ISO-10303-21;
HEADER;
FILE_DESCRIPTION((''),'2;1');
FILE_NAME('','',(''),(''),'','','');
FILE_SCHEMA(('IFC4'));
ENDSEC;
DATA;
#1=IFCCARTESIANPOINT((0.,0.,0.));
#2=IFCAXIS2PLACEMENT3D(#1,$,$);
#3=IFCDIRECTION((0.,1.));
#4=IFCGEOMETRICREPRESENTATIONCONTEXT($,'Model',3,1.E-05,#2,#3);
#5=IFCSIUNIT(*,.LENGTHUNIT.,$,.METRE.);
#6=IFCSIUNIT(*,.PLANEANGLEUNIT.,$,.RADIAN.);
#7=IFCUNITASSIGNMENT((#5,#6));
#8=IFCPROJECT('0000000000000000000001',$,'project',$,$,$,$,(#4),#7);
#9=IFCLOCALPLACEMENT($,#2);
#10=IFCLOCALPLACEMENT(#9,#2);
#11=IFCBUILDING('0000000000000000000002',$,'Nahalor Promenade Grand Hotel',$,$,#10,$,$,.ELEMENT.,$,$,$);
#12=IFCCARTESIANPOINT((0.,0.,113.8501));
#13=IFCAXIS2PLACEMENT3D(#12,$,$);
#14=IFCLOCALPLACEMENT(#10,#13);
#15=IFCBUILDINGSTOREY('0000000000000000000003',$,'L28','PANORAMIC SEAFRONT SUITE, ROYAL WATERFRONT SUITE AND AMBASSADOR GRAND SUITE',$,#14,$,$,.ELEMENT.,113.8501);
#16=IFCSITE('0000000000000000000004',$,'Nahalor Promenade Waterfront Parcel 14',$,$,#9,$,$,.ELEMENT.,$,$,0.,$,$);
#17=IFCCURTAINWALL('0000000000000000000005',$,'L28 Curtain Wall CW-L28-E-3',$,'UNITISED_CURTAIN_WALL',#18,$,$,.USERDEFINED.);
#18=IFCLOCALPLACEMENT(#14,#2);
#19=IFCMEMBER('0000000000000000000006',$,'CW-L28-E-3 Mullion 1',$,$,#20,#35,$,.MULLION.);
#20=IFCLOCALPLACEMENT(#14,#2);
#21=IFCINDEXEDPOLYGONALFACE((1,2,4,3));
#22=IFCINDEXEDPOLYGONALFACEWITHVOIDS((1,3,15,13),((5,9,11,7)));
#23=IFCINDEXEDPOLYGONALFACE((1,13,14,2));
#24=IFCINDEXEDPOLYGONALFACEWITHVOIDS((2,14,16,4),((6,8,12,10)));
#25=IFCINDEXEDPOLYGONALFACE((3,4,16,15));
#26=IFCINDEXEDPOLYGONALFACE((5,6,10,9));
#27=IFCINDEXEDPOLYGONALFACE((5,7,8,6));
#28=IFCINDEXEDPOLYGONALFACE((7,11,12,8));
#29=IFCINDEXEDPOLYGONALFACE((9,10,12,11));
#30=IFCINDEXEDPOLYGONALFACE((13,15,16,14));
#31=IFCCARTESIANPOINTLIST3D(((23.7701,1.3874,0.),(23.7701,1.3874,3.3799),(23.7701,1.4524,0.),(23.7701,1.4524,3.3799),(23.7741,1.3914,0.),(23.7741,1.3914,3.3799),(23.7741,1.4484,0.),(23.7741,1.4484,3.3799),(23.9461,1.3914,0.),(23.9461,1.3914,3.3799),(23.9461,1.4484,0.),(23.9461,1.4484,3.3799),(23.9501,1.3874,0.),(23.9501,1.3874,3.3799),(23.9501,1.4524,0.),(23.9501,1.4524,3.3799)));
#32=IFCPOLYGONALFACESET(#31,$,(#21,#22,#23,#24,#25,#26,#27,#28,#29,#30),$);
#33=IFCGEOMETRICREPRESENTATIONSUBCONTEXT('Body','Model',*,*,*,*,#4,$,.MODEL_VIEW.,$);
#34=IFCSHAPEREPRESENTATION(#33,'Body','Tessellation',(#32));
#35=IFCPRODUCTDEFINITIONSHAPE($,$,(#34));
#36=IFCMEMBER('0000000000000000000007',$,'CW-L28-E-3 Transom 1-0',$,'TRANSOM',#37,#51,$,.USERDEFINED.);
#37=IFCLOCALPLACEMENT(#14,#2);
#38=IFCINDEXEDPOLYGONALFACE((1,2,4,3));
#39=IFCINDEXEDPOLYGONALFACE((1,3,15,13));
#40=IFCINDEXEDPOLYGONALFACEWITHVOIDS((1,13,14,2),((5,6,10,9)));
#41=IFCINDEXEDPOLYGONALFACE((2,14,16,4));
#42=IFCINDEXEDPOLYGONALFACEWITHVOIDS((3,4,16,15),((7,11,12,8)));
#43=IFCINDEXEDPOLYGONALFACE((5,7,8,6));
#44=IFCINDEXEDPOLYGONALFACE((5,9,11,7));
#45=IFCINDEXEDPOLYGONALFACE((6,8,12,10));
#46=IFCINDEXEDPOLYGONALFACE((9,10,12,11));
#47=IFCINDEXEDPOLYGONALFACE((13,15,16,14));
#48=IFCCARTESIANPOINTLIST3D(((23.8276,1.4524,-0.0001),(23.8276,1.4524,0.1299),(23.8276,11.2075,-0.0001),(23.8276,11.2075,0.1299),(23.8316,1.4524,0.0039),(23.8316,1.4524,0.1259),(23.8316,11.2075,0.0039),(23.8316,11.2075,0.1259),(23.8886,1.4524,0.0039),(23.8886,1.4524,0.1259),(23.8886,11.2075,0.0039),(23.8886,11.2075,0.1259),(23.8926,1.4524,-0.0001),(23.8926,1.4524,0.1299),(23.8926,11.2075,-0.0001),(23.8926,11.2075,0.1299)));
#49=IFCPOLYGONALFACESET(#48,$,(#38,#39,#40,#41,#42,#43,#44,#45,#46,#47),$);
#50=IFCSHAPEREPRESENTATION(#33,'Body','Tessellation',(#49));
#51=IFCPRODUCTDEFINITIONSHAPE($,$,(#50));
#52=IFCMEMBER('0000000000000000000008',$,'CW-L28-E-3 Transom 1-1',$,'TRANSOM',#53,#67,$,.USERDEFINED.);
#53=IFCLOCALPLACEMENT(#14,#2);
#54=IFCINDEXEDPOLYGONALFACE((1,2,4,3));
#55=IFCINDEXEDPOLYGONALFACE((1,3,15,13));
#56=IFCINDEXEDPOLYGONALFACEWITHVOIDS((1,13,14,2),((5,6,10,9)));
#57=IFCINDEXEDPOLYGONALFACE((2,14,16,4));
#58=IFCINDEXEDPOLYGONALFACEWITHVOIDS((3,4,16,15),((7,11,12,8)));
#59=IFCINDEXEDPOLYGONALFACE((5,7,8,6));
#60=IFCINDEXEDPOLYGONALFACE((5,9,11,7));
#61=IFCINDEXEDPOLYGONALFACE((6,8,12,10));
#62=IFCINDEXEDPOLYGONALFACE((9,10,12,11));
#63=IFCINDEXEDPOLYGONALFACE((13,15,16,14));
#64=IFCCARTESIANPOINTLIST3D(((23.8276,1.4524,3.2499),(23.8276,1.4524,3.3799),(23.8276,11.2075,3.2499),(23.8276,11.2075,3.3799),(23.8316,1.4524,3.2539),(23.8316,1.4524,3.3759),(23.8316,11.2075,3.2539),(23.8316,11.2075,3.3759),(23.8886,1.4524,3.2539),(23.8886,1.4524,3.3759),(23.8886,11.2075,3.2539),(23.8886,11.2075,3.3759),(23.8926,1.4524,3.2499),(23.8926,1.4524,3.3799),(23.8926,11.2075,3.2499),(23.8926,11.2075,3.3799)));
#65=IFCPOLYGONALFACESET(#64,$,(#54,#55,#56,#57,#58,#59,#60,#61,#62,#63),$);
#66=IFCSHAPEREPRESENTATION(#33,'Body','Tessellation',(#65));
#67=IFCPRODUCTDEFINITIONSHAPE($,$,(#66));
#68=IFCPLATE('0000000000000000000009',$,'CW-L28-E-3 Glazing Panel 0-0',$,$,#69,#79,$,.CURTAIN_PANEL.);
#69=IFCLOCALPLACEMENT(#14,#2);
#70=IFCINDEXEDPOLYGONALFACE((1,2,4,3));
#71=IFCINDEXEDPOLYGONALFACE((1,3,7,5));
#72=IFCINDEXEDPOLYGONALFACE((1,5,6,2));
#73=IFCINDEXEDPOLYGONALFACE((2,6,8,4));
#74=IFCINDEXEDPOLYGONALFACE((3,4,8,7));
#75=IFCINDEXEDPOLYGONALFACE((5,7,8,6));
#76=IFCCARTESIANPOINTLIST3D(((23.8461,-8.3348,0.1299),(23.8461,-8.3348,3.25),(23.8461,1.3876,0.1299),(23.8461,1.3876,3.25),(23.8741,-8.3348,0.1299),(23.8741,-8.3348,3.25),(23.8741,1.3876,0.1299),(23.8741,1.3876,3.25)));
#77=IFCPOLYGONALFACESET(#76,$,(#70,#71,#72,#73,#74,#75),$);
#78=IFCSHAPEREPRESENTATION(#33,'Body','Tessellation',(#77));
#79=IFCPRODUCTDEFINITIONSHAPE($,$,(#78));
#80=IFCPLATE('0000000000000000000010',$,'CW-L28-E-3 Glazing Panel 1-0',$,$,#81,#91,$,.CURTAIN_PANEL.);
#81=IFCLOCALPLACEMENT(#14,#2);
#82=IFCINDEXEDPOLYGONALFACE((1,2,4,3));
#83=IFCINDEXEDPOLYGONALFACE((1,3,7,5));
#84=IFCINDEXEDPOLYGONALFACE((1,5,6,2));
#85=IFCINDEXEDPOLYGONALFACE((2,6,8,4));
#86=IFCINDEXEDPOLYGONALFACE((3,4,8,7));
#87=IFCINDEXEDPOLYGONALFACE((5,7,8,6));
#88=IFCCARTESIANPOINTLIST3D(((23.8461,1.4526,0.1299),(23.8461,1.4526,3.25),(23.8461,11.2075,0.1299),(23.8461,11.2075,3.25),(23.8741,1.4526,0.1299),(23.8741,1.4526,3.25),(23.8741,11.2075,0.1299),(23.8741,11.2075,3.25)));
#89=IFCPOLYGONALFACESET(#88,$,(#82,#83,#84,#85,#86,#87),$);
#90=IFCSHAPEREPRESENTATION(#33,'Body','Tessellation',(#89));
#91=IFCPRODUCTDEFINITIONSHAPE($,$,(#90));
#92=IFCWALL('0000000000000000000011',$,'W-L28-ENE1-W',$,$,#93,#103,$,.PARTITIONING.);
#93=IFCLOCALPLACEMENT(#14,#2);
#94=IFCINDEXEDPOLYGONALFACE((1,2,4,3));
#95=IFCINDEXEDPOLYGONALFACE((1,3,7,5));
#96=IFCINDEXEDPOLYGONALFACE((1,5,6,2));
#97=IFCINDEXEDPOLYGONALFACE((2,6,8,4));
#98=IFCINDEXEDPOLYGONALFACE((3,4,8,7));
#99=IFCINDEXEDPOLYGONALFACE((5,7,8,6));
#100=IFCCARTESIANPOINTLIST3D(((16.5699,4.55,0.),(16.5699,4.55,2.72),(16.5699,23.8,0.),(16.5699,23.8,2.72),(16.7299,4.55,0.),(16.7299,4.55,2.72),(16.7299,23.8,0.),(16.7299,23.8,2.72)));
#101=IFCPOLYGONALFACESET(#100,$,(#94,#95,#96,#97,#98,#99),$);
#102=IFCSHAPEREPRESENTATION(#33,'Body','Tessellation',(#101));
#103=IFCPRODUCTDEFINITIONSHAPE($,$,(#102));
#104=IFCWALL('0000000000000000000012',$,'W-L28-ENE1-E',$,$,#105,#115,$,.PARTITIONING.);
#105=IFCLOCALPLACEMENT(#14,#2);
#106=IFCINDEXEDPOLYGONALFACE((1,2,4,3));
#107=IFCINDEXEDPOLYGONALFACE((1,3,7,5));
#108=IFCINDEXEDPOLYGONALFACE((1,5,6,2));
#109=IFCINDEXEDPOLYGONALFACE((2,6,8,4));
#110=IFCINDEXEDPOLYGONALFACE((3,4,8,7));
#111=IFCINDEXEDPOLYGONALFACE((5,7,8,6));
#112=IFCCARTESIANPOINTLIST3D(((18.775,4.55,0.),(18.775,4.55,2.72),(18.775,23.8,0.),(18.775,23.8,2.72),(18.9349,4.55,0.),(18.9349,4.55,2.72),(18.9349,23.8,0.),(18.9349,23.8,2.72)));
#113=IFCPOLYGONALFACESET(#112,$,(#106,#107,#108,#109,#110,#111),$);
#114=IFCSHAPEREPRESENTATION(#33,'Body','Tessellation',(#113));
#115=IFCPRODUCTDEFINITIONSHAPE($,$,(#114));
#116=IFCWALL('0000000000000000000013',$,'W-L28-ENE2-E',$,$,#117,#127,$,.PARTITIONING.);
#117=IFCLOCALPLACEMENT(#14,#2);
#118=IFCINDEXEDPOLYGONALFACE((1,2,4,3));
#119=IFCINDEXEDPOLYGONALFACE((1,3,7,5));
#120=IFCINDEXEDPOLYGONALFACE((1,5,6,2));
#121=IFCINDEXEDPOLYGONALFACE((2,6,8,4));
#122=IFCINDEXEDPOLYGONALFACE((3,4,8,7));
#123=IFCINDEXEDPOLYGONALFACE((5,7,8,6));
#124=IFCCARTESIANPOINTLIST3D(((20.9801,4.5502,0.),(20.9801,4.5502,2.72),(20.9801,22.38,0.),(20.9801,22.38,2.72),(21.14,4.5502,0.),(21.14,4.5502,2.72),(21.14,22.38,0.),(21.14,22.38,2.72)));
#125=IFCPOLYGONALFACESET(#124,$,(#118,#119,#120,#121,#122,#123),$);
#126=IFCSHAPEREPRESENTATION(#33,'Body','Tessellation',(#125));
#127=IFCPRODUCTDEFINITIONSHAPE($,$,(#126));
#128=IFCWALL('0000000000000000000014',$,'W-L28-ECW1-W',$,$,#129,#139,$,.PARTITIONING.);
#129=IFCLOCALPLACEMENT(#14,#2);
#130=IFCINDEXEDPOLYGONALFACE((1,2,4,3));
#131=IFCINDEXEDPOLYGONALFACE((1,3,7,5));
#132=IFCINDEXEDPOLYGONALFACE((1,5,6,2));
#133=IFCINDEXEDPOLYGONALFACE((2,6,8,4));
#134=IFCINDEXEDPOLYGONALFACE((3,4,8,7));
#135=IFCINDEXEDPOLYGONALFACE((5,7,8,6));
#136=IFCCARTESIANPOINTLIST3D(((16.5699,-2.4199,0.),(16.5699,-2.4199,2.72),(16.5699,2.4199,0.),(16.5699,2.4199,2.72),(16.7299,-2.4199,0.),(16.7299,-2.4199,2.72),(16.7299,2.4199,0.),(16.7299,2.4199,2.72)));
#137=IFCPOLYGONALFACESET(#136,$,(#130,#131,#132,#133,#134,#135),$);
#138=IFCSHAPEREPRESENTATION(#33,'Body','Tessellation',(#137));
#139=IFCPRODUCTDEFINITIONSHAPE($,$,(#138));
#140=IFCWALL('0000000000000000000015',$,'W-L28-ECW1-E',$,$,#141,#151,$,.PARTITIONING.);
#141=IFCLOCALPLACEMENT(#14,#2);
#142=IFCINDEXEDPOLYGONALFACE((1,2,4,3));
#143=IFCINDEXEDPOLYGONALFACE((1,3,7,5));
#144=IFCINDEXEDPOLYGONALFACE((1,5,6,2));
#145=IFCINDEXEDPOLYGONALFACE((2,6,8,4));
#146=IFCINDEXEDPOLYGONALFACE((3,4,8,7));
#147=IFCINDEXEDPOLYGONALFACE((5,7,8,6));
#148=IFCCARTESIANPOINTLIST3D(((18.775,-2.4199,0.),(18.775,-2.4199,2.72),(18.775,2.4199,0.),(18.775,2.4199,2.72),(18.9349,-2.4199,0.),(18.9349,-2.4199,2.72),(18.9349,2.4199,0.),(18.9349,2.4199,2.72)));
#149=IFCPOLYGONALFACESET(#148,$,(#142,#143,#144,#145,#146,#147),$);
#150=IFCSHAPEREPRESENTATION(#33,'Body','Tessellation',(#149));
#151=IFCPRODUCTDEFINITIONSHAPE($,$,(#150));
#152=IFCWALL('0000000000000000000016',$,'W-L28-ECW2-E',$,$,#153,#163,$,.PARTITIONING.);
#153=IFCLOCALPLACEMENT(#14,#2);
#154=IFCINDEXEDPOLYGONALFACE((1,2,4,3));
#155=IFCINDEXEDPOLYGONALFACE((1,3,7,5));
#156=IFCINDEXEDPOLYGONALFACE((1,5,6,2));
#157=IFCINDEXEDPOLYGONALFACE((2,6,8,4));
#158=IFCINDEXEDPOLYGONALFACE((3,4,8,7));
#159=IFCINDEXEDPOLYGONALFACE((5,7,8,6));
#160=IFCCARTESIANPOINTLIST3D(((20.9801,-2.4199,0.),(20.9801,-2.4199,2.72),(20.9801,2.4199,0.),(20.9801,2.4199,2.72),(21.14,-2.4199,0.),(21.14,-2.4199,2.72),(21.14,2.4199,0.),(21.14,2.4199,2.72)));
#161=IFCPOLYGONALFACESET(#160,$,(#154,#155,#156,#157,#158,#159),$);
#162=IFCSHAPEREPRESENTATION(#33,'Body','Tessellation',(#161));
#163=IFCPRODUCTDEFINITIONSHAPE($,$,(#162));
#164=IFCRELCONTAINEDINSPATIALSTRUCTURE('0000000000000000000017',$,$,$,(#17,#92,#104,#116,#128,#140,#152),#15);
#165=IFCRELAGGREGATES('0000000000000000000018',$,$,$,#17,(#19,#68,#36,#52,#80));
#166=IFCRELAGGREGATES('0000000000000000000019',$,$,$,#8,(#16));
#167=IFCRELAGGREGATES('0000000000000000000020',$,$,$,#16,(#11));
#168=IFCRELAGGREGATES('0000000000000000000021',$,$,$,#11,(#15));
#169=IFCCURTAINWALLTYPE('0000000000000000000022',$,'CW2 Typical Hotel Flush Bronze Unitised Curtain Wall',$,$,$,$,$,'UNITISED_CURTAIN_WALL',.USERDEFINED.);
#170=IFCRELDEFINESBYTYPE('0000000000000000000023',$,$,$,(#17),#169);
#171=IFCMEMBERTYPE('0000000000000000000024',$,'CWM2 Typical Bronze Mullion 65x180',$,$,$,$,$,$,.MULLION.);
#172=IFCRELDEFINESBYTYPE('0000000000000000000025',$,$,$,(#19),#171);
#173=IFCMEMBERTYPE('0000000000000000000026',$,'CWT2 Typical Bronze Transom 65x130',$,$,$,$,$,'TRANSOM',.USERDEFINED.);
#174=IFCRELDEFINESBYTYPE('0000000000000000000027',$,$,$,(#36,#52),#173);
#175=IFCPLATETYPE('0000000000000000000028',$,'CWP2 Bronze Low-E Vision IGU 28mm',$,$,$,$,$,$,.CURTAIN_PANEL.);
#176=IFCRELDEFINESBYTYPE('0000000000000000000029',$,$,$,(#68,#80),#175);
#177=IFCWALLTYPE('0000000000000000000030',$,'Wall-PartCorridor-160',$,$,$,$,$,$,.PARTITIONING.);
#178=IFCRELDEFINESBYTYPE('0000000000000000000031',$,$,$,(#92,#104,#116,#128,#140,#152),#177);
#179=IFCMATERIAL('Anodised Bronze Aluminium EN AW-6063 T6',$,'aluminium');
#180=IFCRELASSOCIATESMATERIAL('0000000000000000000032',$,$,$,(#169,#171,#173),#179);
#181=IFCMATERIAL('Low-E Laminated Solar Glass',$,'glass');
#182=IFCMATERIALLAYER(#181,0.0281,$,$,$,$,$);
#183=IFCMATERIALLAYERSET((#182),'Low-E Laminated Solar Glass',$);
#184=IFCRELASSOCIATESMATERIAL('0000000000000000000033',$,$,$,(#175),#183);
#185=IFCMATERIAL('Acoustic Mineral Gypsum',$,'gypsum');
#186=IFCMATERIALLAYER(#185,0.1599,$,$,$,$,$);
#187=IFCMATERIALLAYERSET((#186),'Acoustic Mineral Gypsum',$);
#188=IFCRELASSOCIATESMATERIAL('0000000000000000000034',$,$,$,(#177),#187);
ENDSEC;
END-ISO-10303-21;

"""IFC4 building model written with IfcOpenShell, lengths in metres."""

from ifc_helpers import new_model, si_unit, direction, frame, frame_2d, origin, origin_2d, place, context, subcontext, project, spatial, rectangle, hollow_rectangle, extrude, source, transform, mapped, material, layer, layer_set, material_profile, profile_set, type_object, element, aggregate, save


model = new_model("IFC4")

# Units and contexts
model_context = context("Model", 3, precision=1e-05, world=origin(), true_north=direction((0.0, 1.0)))
body_context = subcontext(model_context, "Body", "Model", "MODEL_VIEW")
ifc_project = project(units=[si_unit("LENGTHUNIT", "METRE"), si_unit("PLANEANGLEUNIT", "RADIAN")], contexts=[model_context])

# Site, building, storey
site_placement = place(None, origin())
site = spatial("IfcSite", under=ifc_project, at=site_placement, Name="Nahalor Promenade Waterfront Parcel 14", CompositionType="ELEMENT", RefElevation=0.0)
building_placement = place(site_placement, origin())
building = spatial("IfcBuilding", under=site, at=building_placement, Name="Nahalor Promenade Grand Hotel", CompositionType="ELEMENT")
storey_placement = place(building_placement, frame((0.0, 0.0, 113.8501)))
storey = spatial("IfcBuildingStorey", under=building, at=storey_placement, Name="L28", Description="PANORAMIC SEAFRONT SUITE, ROYAL WATERFRONT SUITE AND AMBASSADOR GRAND SUITE", CompositionType="ELEMENT", Elevation=113.8501)

# Curtain wall, members, plates
ifc_material_1 = material(Name="Anodised Bronze Aluminium EN AW-6063 T6", Category="aluminium")
curtain_wall_type = type_object("IfcCurtainWallType", Name="CW2 Typical Hotel Flush Bronze Unitised Curtain Wall", ElementType="UNITISED_CURTAIN_WALL", PredefinedType="USERDEFINED", material=ifc_material_1)
curtain_wall_placement = place(storey_placement, origin())
curtain_wall = element("IfcCurtainWall", 1, at=curtain_wall_placement, inside=storey, type_object=curtain_wall_type, Name="L28 Curtain Wall CW-L28-E-3", ObjectType="UNITISED_CURTAIN_WALL", PredefinedType="USERDEFINED")
ifc_material_profile_1 = material_profile(ifc_material_1, hollow_rectangle(XDim=0.065, YDim=0.18, WallThickness=0.004, at=origin_2d()), Name="CWM 65x180x4")
ifc_profile_set_1 = profile_set([ifc_material_profile_1], Name="Anodised Bronze Aluminium EN AW-6063 T6")
member_type_1 = type_object("IfcMemberType", Name="CWM2 Typical Bronze Mullion 65x180", PredefinedType="MULLION", material=ifc_profile_set_1)
shared_shape_1 = source(origin(), body_context, "Body", "SweptSolid", [
    extrude(hollow_rectangle(XDim=0.065, YDim=0.18, WallThickness=0.004, at=origin_2d()), origin(), (0.0, 0.0, 1.0), 3.3799),
])
member_1_placement = place(storey_placement, frame((23.8601, 1.4199, 0.0), z_axis=(0.0, 0.0, 1.0), x_axis=(0.0, 1.0, 0.0)))
member_1 = element("IfcMember", 2, at=member_1_placement, type_object=member_type_1, Name="CW-L28-E-3 Mullion 1", PredefinedType="MULLION", context=body_context, shape_type="MappedRepresentation", body=[
    mapped(shared_shape_1, transform((0.0, 0.0, 0.0), scale=1.0)),
])
ifc_material_profile_2 = material_profile(ifc_material_1, hollow_rectangle(XDim=0.065, YDim=0.13, WallThickness=0.004, at=origin_2d()), Name="CWT 65x130x4")
ifc_profile_set_2 = profile_set([ifc_material_profile_2], Name="Anodised Bronze Aluminium EN AW-6063 T6")
member_type_2 = type_object("IfcMemberType", Name="CWT2 Typical Bronze Transom 65x130", ElementType="TRANSOM", PredefinedType="USERDEFINED", material=ifc_profile_set_2)
shared_shape_2 = source(origin(), body_context, "Body", "SweptSolid", [
    extrude(hollow_rectangle(XDim=0.065, YDim=0.13, WallThickness=0.004, at=origin_2d()), origin(), (0.0, 0.0, 1.0), 9.7551),
])
member_2_placement = place(storey_placement, frame((23.8601, 1.4524, 0.0649), z_axis=(0.0, 1.0, 0.0), x_axis=(-1.0, 0.0, 0.0)))
member_2 = element("IfcMember", 3, at=member_2_placement, type_object=member_type_2, Name="CW-L28-E-3 Transom 1-0", ObjectType="TRANSOM", PredefinedType="USERDEFINED", context=body_context, shape_type="MappedRepresentation", body=[
    mapped(shared_shape_2, transform((0.0, 0.0, 0.0), scale=1.0)),
])
member_3_placement = place(storey_placement, frame((23.8601, 1.4524, 3.3149), z_axis=(0.0, 1.0, 0.0), x_axis=(-1.0, 0.0, 0.0)))
member_3 = element("IfcMember", 4, at=member_3_placement, type_object=member_type_2, Name="CW-L28-E-3 Transom 1-1", ObjectType="TRANSOM", PredefinedType="USERDEFINED", context=body_context, shape_type="MappedRepresentation", body=[
    mapped(shared_shape_2, transform((0.0, 0.0, 0.0), scale=1.0)),
])
ifc_material_2 = material(Name="Low-E Laminated Solar Glass", Category="glass")
ifc_layer_1 = layer(ifc_material_2, 0.0281)
ifc_layer_set_1 = layer_set([ifc_layer_1], Name="Low-E Laminated Solar Glass")
plate_type = type_object("IfcPlateType", Name="CWP2 Bronze Low-E Vision IGU 28mm", PredefinedType="CURTAIN_PANEL", material=ifc_layer_set_1)
shared_shape_3 = source(origin(), body_context, "Body", "SweptSolid", [
    extrude(rectangle(XDim=9.7224, YDim=0.0281, at=origin_2d()), origin(), (0.0, 0.0, 1.0), 3.1201),
])
plate_1_placement = place(storey_placement, frame((23.8601, -3.4736, 0.1299), z_axis=(0.0, 0.0, 1.0), x_axis=(0.0, 1.0, 0.0)))
plate_1 = element("IfcPlate", 5, at=plate_1_placement, type_object=plate_type, Name="CW-L28-E-3 Glazing Panel 0-0", PredefinedType="CURTAIN_PANEL", context=body_context, shape_type="MappedRepresentation", body=[
    mapped(shared_shape_3, transform((0.0, 0.0, 0.0), scale=1.0)),
])
shared_shape_4 = source(origin(), body_context, "Body", "SweptSolid", [
    extrude(rectangle(XDim=9.7549, YDim=0.0281, at=origin_2d()), origin(), (0.0, 0.0, 1.0), 3.1201),
])
plate_2_placement = place(storey_placement, frame((23.8601, 6.3301, 0.1299), z_axis=(0.0, 0.0, 1.0), x_axis=(0.0, 1.0, 0.0)))
plate_2 = element("IfcPlate", 6, at=plate_2_placement, type_object=plate_type, Name="CW-L28-E-3 Glazing Panel 1-0", PredefinedType="CURTAIN_PANEL", context=body_context, shape_type="MappedRepresentation", body=[
    mapped(shared_shape_4, transform((0.0, 0.0, 0.0), scale=1.0)),
])
aggregate(curtain_wall, [member_1, plate_1, member_2, member_3, plate_2])

# Walls
ifc_material_3 = material(Name="Acoustic Mineral Gypsum", Category="gypsum")
ifc_layer_2 = layer(ifc_material_3, 0.1599)
ifc_layer_set_2 = layer_set([ifc_layer_2], Name="Acoustic Mineral Gypsum")
wall_type = type_object("IfcWallType", Name="Wall-PartCorridor-160", PredefinedType="PARTITIONING", material=ifc_layer_set_2)
shared_shape_5 = source(origin(), body_context, "Body", "SweptSolid", [
    extrude(rectangle(XDim=19.25, YDim=0.1599, at=frame_2d((9.625, 0.0))), origin(), (0.0, 0.0, 1.0), 2.72),
])
for number, where, z_axis, x_axis, name in (
    (7, (16.6499, 4.55, 0.0), (0.0, 0.0, 1.0), (0.0, 1.0, 0.0), "W-L28-ENE1-W"),
    (8, (18.855, 4.55, 0.0), (0.0, 0.0, 1.0), (0.0, 1.0, 0.0), "W-L28-ENE1-E"),
):
    element("IfcWall", number, at=place(storey_placement, frame(where, z_axis=z_axis, x_axis=x_axis)), inside=storey, type_object=wall_type, Name=name, PredefinedType="PARTITIONING", context=body_context, shape_type="MappedRepresentation", body=[
        mapped(shared_shape_5, transform((0.0, 0.0, 0.0), scale=1.0)),
    ])
shared_shape_6 = source(origin(), body_context, "Body", "SweptSolid", [
    extrude(rectangle(XDim=17.8298, YDim=0.1599, at=frame_2d((8.915, 0.0))), origin(), (0.0, 0.0, 1.0), 2.72),
])
wall_1_placement = place(storey_placement, frame((21.0601, 4.55, 0.0), z_axis=(0.0, 0.0, 1.0), x_axis=(0.0, 1.0, 0.0)))
element("IfcWall", 9, at=wall_1_placement, inside=storey, type_object=wall_type, Name="W-L28-ENE2-E", PredefinedType="PARTITIONING", context=body_context, shape_type="MappedRepresentation", body=[
    mapped(shared_shape_6, transform((0.0, 0.0, 0.0), scale=1.0)),
])
shared_shape_7 = source(origin(), body_context, "Body", "SweptSolid", [
    extrude(rectangle(XDim=4.8398, YDim=0.1599, at=frame_2d((2.4199, 0.0))), origin(), (0.0, 0.0, 1.0), 2.72),
])
for number, where, z_axis, x_axis, name in (
    (10, (16.6499, -2.4199, 0.0), (0.0, 0.0, 1.0), (0.0, 1.0, 0.0), "W-L28-ECW1-W"),
    (11, (18.855, -2.4199, 0.0), (0.0, 0.0, 1.0), (0.0, 1.0, 0.0), "W-L28-ECW1-E"),
    (12, (21.0601, -2.4199, 0.0), (0.0, 0.0, 1.0), (0.0, 1.0, 0.0), "W-L28-ECW2-E"),
):
    element("IfcWall", number, at=place(storey_placement, frame(where, z_axis=z_axis, x_axis=x_axis)), inside=storey, type_object=wall_type, Name=name, PredefinedType="PARTITIONING", context=body_context, shape_type="MappedRepresentation", body=[
        mapped(shared_shape_7, transform((0.0, 0.0, 0.0), scale=1.0)),
    ])

save(model, "model.ifc")
